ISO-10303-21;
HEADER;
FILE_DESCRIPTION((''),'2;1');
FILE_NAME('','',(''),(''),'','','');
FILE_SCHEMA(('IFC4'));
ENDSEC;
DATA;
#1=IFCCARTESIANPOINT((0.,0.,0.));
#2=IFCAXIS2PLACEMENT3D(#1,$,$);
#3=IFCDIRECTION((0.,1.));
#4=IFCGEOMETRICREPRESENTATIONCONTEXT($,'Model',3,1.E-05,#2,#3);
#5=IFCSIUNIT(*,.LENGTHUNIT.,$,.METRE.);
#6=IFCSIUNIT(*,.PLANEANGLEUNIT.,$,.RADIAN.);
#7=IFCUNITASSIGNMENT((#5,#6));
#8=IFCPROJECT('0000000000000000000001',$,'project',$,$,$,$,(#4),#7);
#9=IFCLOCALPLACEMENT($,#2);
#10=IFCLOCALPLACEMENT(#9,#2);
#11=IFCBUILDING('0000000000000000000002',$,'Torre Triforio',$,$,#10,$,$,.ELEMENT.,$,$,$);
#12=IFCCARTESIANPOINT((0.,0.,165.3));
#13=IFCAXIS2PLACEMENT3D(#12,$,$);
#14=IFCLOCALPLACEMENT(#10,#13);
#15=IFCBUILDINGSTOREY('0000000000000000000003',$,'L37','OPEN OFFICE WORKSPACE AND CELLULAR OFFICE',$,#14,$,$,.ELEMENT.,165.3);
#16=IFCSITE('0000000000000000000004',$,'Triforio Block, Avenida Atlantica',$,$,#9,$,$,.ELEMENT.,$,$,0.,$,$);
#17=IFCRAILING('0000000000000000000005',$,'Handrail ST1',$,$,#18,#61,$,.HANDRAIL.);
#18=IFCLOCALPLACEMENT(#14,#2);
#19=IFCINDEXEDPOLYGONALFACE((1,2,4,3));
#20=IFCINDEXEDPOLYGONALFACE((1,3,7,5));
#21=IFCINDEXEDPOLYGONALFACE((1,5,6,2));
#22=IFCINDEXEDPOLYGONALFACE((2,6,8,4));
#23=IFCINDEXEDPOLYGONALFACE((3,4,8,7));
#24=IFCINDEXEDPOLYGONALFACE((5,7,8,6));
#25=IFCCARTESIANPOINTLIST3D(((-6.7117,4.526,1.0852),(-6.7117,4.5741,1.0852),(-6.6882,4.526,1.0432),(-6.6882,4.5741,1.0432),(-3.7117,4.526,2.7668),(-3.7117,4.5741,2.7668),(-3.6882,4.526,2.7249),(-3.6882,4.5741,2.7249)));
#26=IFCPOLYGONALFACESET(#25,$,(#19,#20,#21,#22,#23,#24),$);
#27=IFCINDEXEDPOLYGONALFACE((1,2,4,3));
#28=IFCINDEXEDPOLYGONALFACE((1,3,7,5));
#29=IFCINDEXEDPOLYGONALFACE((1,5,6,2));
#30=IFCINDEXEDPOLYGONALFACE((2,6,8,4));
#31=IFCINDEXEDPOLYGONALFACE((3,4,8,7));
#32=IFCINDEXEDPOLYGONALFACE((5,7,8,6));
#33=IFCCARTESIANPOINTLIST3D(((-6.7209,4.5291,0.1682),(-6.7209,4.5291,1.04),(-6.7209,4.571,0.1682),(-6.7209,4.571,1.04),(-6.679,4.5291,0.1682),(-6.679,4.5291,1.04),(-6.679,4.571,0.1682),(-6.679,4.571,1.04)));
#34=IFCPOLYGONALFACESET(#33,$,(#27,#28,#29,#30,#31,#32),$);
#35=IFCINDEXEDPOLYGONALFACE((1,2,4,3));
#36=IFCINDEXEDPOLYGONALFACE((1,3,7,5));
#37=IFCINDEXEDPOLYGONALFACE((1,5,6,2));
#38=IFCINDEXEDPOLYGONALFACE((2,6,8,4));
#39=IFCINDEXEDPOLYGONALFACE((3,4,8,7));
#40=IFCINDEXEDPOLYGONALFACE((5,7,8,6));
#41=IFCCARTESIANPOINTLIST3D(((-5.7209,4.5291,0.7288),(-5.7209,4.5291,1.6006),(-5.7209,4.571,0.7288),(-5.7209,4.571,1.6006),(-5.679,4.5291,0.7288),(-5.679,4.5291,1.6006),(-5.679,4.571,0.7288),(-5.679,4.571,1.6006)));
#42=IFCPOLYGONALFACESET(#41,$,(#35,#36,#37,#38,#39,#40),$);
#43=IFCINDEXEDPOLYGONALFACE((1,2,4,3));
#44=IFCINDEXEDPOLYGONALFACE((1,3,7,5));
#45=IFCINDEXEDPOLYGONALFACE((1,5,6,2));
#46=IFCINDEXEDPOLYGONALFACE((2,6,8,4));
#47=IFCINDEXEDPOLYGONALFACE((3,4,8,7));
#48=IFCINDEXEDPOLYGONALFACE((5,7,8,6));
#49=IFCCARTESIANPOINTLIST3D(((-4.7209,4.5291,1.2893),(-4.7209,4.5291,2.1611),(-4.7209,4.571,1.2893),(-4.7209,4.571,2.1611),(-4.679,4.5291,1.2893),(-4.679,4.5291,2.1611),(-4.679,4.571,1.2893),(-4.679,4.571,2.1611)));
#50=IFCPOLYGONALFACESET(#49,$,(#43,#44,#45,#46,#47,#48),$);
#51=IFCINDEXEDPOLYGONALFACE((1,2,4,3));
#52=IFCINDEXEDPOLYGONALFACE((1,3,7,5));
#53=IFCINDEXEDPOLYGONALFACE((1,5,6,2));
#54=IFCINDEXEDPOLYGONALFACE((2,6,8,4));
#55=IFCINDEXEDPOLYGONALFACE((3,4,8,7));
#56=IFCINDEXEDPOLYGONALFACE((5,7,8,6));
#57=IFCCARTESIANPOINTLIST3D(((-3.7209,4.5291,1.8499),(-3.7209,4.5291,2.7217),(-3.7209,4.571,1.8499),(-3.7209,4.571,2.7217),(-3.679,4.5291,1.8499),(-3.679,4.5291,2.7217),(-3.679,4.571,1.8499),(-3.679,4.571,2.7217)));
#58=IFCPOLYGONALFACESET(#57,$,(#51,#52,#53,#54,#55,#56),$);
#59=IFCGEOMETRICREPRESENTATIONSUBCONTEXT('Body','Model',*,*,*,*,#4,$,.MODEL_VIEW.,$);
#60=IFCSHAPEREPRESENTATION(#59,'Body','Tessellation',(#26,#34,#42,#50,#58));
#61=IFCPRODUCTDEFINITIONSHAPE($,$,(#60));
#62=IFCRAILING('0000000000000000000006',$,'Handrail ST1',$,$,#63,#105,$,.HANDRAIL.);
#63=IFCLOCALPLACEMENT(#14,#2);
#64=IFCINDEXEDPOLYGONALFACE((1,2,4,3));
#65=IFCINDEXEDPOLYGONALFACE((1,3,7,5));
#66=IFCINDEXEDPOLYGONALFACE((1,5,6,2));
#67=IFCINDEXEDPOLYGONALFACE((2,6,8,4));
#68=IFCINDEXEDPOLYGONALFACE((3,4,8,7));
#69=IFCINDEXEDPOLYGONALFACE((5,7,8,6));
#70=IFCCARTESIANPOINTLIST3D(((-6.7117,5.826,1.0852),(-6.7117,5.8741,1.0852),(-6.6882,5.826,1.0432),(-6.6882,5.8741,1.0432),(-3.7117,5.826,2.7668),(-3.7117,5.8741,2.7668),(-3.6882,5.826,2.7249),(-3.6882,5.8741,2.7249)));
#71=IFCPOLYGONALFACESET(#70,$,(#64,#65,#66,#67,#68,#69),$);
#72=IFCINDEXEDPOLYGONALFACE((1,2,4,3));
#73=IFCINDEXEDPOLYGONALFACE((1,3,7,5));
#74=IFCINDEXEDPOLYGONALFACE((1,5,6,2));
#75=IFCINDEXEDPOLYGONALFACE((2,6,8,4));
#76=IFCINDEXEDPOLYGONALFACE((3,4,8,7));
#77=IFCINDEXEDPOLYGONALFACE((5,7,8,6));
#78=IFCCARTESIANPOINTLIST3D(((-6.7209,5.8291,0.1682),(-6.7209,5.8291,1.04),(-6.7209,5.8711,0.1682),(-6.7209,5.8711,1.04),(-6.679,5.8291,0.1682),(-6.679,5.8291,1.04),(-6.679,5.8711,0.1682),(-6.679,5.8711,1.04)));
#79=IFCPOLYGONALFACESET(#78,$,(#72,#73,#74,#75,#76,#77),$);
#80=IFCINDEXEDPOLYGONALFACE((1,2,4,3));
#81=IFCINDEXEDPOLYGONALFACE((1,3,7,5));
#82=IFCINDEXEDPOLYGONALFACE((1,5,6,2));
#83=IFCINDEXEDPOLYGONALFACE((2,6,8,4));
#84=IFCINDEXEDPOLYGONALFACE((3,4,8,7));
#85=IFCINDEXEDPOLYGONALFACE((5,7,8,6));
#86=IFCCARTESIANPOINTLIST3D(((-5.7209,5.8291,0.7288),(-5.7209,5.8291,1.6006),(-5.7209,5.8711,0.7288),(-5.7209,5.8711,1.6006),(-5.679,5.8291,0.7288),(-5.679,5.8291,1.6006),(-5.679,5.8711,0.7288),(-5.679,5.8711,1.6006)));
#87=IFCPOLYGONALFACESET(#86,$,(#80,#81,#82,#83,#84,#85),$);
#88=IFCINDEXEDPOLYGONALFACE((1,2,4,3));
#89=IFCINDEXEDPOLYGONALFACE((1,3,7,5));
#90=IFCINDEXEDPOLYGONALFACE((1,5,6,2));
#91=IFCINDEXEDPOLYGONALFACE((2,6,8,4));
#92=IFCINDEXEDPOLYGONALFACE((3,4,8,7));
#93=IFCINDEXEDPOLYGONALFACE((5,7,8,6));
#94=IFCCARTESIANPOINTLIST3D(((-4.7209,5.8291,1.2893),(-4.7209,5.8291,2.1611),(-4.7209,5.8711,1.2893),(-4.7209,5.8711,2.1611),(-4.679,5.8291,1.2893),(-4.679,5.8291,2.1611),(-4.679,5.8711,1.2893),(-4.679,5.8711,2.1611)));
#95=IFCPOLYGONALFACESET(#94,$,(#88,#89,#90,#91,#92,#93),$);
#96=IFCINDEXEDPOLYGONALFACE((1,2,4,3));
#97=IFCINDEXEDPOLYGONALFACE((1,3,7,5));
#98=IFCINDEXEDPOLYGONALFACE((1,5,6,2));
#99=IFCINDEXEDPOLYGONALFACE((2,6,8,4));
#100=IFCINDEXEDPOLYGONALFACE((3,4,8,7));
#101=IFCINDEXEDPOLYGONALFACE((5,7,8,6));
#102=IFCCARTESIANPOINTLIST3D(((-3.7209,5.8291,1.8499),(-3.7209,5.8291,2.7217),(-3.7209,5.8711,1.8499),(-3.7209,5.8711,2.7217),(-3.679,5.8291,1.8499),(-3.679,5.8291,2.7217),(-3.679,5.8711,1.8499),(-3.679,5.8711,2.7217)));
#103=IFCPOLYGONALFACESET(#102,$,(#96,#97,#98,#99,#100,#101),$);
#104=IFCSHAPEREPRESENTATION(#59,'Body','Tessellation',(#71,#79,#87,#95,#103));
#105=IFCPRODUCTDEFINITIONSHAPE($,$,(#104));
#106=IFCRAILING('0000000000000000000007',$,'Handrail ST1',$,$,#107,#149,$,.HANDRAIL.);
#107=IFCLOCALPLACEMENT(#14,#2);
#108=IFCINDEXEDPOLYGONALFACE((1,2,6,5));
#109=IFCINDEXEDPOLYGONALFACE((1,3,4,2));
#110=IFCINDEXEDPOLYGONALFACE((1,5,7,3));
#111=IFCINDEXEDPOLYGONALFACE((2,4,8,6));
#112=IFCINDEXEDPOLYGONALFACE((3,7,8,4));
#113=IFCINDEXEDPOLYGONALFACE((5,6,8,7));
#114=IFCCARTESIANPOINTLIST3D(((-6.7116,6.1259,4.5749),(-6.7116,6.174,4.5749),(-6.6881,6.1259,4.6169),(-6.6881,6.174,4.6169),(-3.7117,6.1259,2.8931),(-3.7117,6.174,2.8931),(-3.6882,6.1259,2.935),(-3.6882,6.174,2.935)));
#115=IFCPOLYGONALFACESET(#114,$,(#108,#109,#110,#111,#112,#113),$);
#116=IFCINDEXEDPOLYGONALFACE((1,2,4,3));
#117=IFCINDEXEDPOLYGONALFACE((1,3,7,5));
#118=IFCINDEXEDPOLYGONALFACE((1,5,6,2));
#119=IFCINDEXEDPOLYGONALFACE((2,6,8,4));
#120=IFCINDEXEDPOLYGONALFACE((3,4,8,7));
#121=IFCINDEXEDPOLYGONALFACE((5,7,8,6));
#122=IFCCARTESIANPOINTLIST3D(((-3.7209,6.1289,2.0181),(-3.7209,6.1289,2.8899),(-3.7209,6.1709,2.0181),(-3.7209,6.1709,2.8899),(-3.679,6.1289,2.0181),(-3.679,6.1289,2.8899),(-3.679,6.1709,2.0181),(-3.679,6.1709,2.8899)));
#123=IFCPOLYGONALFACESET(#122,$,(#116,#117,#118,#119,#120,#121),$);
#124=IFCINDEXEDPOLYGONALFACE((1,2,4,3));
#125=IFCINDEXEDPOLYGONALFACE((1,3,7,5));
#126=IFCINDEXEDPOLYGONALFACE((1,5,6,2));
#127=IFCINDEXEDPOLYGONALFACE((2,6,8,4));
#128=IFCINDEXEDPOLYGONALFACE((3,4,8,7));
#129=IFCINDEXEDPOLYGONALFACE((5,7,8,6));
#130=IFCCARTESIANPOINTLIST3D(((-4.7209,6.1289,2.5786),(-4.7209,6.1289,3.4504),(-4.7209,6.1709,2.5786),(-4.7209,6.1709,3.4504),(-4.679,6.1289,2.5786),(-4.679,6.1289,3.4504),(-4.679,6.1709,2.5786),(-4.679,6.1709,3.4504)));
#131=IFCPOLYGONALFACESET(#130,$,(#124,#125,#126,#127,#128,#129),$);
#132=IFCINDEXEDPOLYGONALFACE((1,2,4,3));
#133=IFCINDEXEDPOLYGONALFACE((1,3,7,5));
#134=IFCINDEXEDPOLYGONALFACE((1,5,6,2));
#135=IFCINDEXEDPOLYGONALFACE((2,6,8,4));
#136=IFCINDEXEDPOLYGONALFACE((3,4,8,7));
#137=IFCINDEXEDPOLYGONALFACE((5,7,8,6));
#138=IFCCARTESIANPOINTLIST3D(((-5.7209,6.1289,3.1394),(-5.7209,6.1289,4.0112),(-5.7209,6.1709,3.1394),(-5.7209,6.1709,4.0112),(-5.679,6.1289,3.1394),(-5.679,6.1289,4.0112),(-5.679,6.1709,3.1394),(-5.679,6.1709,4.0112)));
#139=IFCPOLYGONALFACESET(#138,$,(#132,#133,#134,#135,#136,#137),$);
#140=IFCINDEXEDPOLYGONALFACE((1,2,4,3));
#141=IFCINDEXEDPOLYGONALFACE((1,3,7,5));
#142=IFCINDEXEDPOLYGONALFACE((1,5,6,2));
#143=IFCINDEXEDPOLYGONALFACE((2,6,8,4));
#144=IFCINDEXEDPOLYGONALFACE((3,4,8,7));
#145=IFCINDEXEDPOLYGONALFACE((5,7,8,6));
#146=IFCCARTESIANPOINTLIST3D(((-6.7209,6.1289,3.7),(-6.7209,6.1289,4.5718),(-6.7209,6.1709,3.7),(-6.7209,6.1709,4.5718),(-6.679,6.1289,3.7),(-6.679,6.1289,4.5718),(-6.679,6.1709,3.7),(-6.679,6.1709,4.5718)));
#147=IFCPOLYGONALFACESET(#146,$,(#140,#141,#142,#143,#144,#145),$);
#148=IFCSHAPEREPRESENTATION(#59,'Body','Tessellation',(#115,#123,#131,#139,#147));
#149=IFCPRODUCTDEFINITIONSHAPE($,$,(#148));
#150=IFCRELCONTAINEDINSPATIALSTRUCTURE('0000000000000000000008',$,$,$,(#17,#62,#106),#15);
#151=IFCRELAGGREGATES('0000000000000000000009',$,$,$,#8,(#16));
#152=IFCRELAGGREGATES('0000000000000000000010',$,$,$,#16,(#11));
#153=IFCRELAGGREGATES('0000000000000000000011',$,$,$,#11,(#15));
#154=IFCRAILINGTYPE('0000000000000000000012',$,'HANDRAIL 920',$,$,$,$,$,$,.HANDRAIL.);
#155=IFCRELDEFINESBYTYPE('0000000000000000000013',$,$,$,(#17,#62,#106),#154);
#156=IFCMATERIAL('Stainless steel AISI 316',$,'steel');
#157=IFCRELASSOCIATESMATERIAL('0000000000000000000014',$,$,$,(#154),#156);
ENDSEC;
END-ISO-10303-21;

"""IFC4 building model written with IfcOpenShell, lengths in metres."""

from ifc_helpers import new_model, si_unit, direction, frame, origin, origin_2d, place, context, subcontext, project, spatial, rectangle, extrude, material, type_object, element, save


model = new_model("IFC4")

# Units and contexts
model_context = context("Model", 3, precision=1e-05, world=origin(), true_north=direction((0.0, 1.0)))
body_context = subcontext(model_context, "Body", "Model", "MODEL_VIEW")
ifc_project = project(units=[si_unit("LENGTHUNIT", "METRE"), si_unit("PLANEANGLEUNIT", "RADIAN")], contexts=[model_context])

# Site, building, storey
site_placement = place(None, origin())
site = spatial("IfcSite", under=ifc_project, at=site_placement, Name="Triforio Block, Avenida Atlantica", CompositionType="ELEMENT", RefElevation=0.0)
building_placement = place(site_placement, origin())
building = spatial("IfcBuilding", under=site, at=building_placement, Name="Torre Triforio", CompositionType="ELEMENT")
storey_placement = place(building_placement, frame((0.0, 0.0, 165.3)))
storey = spatial("IfcBuildingStorey", under=building, at=storey_placement, Name="L37", Description="OPEN OFFICE WORKSPACE AND CELLULAR OFFICE", CompositionType="ELEMENT", Elevation=165.3)

# Railings
ifc_material_1 = material(Name="Stainless steel AISI 316", Category="steel")
railing_type = type_object("IfcRailingType", Name="HANDRAIL 920", PredefinedType="HANDRAIL", material=ifc_material_1)
for number, where, name in (
    (1, (-6.7, 4.55, 0.1682), "Handrail ST1"),
    (2, (-6.7, 5.8501, 0.1682), "Handrail ST1"),
):
    element("IfcRailing", number, at=place(storey_placement, frame(where)), inside=storey, type_object=railing_type, Name=name, PredefinedType="HANDRAIL", context=body_context, shape_type="SweptSolid", body=[
        extrude(rectangle(XDim=0.0481, YDim=0.0481, at=origin_2d()), frame((0.0, 0.0, 0.896), z_axis=(0.872303, 0.0, 0.488966), x_axis=(0.0, 1.0, 0.0)), (0.0, 0.0, 1.0), 3.4392),
        extrude(rectangle(XDim=0.042, YDim=0.042, at=origin_2d()), origin(), (0.0, 0.0, 1.0), 0.8718),
        extrude(rectangle(XDim=0.042, YDim=0.042, at=origin_2d()), frame((1.0, 0.0, 0.5605)), (0.0, 0.0, 1.0), 0.8718),
        extrude(rectangle(XDim=0.042, YDim=0.042, at=origin_2d()), frame((2.0, 0.0, 1.1211)), (0.0, 0.0, 1.0), 0.8718),
        extrude(rectangle(XDim=0.042, YDim=0.042, at=origin_2d()), frame((3.0, 0.0, 1.6816)), (0.0, 0.0, 1.0), 0.8718),
    ])
railing_placement = place(storey_placement, frame((-3.7, 6.1499, 2.0181)))
element("IfcRailing", 3, at=railing_placement, inside=storey, type_object=railing_type, Name="Handrail ST1", PredefinedType="HANDRAIL", context=body_context, shape_type="SweptSolid", body=[
    extrude(rectangle(XDim=0.0481, YDim=0.0481, at=origin_2d()), frame((0.0, 0.0, 0.896), z_axis=(-0.872272, 0.0, 0.48902), x_axis=(0.0, -1.0, 0.0)), (0.0, 0.0, 1.0), 3.4392),
    extrude(rectangle(XDim=0.042, YDim=0.042, at=origin_2d()), origin(), (0.0, 0.0, 1.0), 0.8718),
    extrude(rectangle(XDim=0.042, YDim=0.042, at=origin_2d()), frame((-1.0, 0.0, 0.5605)), (0.0, 0.0, 1.0), 0.8718),
    extrude(rectangle(XDim=0.042, YDim=0.042, at=origin_2d()), frame((-2.0, 0.0, 1.1213)), (0.0, 0.0, 1.0), 0.8718),
    extrude(rectangle(XDim=0.042, YDim=0.042, at=origin_2d()), frame((-3.0, 0.0, 1.6819)), (0.0, 0.0, 1.0), 0.8718),
])

save(model, "model.ifc")
